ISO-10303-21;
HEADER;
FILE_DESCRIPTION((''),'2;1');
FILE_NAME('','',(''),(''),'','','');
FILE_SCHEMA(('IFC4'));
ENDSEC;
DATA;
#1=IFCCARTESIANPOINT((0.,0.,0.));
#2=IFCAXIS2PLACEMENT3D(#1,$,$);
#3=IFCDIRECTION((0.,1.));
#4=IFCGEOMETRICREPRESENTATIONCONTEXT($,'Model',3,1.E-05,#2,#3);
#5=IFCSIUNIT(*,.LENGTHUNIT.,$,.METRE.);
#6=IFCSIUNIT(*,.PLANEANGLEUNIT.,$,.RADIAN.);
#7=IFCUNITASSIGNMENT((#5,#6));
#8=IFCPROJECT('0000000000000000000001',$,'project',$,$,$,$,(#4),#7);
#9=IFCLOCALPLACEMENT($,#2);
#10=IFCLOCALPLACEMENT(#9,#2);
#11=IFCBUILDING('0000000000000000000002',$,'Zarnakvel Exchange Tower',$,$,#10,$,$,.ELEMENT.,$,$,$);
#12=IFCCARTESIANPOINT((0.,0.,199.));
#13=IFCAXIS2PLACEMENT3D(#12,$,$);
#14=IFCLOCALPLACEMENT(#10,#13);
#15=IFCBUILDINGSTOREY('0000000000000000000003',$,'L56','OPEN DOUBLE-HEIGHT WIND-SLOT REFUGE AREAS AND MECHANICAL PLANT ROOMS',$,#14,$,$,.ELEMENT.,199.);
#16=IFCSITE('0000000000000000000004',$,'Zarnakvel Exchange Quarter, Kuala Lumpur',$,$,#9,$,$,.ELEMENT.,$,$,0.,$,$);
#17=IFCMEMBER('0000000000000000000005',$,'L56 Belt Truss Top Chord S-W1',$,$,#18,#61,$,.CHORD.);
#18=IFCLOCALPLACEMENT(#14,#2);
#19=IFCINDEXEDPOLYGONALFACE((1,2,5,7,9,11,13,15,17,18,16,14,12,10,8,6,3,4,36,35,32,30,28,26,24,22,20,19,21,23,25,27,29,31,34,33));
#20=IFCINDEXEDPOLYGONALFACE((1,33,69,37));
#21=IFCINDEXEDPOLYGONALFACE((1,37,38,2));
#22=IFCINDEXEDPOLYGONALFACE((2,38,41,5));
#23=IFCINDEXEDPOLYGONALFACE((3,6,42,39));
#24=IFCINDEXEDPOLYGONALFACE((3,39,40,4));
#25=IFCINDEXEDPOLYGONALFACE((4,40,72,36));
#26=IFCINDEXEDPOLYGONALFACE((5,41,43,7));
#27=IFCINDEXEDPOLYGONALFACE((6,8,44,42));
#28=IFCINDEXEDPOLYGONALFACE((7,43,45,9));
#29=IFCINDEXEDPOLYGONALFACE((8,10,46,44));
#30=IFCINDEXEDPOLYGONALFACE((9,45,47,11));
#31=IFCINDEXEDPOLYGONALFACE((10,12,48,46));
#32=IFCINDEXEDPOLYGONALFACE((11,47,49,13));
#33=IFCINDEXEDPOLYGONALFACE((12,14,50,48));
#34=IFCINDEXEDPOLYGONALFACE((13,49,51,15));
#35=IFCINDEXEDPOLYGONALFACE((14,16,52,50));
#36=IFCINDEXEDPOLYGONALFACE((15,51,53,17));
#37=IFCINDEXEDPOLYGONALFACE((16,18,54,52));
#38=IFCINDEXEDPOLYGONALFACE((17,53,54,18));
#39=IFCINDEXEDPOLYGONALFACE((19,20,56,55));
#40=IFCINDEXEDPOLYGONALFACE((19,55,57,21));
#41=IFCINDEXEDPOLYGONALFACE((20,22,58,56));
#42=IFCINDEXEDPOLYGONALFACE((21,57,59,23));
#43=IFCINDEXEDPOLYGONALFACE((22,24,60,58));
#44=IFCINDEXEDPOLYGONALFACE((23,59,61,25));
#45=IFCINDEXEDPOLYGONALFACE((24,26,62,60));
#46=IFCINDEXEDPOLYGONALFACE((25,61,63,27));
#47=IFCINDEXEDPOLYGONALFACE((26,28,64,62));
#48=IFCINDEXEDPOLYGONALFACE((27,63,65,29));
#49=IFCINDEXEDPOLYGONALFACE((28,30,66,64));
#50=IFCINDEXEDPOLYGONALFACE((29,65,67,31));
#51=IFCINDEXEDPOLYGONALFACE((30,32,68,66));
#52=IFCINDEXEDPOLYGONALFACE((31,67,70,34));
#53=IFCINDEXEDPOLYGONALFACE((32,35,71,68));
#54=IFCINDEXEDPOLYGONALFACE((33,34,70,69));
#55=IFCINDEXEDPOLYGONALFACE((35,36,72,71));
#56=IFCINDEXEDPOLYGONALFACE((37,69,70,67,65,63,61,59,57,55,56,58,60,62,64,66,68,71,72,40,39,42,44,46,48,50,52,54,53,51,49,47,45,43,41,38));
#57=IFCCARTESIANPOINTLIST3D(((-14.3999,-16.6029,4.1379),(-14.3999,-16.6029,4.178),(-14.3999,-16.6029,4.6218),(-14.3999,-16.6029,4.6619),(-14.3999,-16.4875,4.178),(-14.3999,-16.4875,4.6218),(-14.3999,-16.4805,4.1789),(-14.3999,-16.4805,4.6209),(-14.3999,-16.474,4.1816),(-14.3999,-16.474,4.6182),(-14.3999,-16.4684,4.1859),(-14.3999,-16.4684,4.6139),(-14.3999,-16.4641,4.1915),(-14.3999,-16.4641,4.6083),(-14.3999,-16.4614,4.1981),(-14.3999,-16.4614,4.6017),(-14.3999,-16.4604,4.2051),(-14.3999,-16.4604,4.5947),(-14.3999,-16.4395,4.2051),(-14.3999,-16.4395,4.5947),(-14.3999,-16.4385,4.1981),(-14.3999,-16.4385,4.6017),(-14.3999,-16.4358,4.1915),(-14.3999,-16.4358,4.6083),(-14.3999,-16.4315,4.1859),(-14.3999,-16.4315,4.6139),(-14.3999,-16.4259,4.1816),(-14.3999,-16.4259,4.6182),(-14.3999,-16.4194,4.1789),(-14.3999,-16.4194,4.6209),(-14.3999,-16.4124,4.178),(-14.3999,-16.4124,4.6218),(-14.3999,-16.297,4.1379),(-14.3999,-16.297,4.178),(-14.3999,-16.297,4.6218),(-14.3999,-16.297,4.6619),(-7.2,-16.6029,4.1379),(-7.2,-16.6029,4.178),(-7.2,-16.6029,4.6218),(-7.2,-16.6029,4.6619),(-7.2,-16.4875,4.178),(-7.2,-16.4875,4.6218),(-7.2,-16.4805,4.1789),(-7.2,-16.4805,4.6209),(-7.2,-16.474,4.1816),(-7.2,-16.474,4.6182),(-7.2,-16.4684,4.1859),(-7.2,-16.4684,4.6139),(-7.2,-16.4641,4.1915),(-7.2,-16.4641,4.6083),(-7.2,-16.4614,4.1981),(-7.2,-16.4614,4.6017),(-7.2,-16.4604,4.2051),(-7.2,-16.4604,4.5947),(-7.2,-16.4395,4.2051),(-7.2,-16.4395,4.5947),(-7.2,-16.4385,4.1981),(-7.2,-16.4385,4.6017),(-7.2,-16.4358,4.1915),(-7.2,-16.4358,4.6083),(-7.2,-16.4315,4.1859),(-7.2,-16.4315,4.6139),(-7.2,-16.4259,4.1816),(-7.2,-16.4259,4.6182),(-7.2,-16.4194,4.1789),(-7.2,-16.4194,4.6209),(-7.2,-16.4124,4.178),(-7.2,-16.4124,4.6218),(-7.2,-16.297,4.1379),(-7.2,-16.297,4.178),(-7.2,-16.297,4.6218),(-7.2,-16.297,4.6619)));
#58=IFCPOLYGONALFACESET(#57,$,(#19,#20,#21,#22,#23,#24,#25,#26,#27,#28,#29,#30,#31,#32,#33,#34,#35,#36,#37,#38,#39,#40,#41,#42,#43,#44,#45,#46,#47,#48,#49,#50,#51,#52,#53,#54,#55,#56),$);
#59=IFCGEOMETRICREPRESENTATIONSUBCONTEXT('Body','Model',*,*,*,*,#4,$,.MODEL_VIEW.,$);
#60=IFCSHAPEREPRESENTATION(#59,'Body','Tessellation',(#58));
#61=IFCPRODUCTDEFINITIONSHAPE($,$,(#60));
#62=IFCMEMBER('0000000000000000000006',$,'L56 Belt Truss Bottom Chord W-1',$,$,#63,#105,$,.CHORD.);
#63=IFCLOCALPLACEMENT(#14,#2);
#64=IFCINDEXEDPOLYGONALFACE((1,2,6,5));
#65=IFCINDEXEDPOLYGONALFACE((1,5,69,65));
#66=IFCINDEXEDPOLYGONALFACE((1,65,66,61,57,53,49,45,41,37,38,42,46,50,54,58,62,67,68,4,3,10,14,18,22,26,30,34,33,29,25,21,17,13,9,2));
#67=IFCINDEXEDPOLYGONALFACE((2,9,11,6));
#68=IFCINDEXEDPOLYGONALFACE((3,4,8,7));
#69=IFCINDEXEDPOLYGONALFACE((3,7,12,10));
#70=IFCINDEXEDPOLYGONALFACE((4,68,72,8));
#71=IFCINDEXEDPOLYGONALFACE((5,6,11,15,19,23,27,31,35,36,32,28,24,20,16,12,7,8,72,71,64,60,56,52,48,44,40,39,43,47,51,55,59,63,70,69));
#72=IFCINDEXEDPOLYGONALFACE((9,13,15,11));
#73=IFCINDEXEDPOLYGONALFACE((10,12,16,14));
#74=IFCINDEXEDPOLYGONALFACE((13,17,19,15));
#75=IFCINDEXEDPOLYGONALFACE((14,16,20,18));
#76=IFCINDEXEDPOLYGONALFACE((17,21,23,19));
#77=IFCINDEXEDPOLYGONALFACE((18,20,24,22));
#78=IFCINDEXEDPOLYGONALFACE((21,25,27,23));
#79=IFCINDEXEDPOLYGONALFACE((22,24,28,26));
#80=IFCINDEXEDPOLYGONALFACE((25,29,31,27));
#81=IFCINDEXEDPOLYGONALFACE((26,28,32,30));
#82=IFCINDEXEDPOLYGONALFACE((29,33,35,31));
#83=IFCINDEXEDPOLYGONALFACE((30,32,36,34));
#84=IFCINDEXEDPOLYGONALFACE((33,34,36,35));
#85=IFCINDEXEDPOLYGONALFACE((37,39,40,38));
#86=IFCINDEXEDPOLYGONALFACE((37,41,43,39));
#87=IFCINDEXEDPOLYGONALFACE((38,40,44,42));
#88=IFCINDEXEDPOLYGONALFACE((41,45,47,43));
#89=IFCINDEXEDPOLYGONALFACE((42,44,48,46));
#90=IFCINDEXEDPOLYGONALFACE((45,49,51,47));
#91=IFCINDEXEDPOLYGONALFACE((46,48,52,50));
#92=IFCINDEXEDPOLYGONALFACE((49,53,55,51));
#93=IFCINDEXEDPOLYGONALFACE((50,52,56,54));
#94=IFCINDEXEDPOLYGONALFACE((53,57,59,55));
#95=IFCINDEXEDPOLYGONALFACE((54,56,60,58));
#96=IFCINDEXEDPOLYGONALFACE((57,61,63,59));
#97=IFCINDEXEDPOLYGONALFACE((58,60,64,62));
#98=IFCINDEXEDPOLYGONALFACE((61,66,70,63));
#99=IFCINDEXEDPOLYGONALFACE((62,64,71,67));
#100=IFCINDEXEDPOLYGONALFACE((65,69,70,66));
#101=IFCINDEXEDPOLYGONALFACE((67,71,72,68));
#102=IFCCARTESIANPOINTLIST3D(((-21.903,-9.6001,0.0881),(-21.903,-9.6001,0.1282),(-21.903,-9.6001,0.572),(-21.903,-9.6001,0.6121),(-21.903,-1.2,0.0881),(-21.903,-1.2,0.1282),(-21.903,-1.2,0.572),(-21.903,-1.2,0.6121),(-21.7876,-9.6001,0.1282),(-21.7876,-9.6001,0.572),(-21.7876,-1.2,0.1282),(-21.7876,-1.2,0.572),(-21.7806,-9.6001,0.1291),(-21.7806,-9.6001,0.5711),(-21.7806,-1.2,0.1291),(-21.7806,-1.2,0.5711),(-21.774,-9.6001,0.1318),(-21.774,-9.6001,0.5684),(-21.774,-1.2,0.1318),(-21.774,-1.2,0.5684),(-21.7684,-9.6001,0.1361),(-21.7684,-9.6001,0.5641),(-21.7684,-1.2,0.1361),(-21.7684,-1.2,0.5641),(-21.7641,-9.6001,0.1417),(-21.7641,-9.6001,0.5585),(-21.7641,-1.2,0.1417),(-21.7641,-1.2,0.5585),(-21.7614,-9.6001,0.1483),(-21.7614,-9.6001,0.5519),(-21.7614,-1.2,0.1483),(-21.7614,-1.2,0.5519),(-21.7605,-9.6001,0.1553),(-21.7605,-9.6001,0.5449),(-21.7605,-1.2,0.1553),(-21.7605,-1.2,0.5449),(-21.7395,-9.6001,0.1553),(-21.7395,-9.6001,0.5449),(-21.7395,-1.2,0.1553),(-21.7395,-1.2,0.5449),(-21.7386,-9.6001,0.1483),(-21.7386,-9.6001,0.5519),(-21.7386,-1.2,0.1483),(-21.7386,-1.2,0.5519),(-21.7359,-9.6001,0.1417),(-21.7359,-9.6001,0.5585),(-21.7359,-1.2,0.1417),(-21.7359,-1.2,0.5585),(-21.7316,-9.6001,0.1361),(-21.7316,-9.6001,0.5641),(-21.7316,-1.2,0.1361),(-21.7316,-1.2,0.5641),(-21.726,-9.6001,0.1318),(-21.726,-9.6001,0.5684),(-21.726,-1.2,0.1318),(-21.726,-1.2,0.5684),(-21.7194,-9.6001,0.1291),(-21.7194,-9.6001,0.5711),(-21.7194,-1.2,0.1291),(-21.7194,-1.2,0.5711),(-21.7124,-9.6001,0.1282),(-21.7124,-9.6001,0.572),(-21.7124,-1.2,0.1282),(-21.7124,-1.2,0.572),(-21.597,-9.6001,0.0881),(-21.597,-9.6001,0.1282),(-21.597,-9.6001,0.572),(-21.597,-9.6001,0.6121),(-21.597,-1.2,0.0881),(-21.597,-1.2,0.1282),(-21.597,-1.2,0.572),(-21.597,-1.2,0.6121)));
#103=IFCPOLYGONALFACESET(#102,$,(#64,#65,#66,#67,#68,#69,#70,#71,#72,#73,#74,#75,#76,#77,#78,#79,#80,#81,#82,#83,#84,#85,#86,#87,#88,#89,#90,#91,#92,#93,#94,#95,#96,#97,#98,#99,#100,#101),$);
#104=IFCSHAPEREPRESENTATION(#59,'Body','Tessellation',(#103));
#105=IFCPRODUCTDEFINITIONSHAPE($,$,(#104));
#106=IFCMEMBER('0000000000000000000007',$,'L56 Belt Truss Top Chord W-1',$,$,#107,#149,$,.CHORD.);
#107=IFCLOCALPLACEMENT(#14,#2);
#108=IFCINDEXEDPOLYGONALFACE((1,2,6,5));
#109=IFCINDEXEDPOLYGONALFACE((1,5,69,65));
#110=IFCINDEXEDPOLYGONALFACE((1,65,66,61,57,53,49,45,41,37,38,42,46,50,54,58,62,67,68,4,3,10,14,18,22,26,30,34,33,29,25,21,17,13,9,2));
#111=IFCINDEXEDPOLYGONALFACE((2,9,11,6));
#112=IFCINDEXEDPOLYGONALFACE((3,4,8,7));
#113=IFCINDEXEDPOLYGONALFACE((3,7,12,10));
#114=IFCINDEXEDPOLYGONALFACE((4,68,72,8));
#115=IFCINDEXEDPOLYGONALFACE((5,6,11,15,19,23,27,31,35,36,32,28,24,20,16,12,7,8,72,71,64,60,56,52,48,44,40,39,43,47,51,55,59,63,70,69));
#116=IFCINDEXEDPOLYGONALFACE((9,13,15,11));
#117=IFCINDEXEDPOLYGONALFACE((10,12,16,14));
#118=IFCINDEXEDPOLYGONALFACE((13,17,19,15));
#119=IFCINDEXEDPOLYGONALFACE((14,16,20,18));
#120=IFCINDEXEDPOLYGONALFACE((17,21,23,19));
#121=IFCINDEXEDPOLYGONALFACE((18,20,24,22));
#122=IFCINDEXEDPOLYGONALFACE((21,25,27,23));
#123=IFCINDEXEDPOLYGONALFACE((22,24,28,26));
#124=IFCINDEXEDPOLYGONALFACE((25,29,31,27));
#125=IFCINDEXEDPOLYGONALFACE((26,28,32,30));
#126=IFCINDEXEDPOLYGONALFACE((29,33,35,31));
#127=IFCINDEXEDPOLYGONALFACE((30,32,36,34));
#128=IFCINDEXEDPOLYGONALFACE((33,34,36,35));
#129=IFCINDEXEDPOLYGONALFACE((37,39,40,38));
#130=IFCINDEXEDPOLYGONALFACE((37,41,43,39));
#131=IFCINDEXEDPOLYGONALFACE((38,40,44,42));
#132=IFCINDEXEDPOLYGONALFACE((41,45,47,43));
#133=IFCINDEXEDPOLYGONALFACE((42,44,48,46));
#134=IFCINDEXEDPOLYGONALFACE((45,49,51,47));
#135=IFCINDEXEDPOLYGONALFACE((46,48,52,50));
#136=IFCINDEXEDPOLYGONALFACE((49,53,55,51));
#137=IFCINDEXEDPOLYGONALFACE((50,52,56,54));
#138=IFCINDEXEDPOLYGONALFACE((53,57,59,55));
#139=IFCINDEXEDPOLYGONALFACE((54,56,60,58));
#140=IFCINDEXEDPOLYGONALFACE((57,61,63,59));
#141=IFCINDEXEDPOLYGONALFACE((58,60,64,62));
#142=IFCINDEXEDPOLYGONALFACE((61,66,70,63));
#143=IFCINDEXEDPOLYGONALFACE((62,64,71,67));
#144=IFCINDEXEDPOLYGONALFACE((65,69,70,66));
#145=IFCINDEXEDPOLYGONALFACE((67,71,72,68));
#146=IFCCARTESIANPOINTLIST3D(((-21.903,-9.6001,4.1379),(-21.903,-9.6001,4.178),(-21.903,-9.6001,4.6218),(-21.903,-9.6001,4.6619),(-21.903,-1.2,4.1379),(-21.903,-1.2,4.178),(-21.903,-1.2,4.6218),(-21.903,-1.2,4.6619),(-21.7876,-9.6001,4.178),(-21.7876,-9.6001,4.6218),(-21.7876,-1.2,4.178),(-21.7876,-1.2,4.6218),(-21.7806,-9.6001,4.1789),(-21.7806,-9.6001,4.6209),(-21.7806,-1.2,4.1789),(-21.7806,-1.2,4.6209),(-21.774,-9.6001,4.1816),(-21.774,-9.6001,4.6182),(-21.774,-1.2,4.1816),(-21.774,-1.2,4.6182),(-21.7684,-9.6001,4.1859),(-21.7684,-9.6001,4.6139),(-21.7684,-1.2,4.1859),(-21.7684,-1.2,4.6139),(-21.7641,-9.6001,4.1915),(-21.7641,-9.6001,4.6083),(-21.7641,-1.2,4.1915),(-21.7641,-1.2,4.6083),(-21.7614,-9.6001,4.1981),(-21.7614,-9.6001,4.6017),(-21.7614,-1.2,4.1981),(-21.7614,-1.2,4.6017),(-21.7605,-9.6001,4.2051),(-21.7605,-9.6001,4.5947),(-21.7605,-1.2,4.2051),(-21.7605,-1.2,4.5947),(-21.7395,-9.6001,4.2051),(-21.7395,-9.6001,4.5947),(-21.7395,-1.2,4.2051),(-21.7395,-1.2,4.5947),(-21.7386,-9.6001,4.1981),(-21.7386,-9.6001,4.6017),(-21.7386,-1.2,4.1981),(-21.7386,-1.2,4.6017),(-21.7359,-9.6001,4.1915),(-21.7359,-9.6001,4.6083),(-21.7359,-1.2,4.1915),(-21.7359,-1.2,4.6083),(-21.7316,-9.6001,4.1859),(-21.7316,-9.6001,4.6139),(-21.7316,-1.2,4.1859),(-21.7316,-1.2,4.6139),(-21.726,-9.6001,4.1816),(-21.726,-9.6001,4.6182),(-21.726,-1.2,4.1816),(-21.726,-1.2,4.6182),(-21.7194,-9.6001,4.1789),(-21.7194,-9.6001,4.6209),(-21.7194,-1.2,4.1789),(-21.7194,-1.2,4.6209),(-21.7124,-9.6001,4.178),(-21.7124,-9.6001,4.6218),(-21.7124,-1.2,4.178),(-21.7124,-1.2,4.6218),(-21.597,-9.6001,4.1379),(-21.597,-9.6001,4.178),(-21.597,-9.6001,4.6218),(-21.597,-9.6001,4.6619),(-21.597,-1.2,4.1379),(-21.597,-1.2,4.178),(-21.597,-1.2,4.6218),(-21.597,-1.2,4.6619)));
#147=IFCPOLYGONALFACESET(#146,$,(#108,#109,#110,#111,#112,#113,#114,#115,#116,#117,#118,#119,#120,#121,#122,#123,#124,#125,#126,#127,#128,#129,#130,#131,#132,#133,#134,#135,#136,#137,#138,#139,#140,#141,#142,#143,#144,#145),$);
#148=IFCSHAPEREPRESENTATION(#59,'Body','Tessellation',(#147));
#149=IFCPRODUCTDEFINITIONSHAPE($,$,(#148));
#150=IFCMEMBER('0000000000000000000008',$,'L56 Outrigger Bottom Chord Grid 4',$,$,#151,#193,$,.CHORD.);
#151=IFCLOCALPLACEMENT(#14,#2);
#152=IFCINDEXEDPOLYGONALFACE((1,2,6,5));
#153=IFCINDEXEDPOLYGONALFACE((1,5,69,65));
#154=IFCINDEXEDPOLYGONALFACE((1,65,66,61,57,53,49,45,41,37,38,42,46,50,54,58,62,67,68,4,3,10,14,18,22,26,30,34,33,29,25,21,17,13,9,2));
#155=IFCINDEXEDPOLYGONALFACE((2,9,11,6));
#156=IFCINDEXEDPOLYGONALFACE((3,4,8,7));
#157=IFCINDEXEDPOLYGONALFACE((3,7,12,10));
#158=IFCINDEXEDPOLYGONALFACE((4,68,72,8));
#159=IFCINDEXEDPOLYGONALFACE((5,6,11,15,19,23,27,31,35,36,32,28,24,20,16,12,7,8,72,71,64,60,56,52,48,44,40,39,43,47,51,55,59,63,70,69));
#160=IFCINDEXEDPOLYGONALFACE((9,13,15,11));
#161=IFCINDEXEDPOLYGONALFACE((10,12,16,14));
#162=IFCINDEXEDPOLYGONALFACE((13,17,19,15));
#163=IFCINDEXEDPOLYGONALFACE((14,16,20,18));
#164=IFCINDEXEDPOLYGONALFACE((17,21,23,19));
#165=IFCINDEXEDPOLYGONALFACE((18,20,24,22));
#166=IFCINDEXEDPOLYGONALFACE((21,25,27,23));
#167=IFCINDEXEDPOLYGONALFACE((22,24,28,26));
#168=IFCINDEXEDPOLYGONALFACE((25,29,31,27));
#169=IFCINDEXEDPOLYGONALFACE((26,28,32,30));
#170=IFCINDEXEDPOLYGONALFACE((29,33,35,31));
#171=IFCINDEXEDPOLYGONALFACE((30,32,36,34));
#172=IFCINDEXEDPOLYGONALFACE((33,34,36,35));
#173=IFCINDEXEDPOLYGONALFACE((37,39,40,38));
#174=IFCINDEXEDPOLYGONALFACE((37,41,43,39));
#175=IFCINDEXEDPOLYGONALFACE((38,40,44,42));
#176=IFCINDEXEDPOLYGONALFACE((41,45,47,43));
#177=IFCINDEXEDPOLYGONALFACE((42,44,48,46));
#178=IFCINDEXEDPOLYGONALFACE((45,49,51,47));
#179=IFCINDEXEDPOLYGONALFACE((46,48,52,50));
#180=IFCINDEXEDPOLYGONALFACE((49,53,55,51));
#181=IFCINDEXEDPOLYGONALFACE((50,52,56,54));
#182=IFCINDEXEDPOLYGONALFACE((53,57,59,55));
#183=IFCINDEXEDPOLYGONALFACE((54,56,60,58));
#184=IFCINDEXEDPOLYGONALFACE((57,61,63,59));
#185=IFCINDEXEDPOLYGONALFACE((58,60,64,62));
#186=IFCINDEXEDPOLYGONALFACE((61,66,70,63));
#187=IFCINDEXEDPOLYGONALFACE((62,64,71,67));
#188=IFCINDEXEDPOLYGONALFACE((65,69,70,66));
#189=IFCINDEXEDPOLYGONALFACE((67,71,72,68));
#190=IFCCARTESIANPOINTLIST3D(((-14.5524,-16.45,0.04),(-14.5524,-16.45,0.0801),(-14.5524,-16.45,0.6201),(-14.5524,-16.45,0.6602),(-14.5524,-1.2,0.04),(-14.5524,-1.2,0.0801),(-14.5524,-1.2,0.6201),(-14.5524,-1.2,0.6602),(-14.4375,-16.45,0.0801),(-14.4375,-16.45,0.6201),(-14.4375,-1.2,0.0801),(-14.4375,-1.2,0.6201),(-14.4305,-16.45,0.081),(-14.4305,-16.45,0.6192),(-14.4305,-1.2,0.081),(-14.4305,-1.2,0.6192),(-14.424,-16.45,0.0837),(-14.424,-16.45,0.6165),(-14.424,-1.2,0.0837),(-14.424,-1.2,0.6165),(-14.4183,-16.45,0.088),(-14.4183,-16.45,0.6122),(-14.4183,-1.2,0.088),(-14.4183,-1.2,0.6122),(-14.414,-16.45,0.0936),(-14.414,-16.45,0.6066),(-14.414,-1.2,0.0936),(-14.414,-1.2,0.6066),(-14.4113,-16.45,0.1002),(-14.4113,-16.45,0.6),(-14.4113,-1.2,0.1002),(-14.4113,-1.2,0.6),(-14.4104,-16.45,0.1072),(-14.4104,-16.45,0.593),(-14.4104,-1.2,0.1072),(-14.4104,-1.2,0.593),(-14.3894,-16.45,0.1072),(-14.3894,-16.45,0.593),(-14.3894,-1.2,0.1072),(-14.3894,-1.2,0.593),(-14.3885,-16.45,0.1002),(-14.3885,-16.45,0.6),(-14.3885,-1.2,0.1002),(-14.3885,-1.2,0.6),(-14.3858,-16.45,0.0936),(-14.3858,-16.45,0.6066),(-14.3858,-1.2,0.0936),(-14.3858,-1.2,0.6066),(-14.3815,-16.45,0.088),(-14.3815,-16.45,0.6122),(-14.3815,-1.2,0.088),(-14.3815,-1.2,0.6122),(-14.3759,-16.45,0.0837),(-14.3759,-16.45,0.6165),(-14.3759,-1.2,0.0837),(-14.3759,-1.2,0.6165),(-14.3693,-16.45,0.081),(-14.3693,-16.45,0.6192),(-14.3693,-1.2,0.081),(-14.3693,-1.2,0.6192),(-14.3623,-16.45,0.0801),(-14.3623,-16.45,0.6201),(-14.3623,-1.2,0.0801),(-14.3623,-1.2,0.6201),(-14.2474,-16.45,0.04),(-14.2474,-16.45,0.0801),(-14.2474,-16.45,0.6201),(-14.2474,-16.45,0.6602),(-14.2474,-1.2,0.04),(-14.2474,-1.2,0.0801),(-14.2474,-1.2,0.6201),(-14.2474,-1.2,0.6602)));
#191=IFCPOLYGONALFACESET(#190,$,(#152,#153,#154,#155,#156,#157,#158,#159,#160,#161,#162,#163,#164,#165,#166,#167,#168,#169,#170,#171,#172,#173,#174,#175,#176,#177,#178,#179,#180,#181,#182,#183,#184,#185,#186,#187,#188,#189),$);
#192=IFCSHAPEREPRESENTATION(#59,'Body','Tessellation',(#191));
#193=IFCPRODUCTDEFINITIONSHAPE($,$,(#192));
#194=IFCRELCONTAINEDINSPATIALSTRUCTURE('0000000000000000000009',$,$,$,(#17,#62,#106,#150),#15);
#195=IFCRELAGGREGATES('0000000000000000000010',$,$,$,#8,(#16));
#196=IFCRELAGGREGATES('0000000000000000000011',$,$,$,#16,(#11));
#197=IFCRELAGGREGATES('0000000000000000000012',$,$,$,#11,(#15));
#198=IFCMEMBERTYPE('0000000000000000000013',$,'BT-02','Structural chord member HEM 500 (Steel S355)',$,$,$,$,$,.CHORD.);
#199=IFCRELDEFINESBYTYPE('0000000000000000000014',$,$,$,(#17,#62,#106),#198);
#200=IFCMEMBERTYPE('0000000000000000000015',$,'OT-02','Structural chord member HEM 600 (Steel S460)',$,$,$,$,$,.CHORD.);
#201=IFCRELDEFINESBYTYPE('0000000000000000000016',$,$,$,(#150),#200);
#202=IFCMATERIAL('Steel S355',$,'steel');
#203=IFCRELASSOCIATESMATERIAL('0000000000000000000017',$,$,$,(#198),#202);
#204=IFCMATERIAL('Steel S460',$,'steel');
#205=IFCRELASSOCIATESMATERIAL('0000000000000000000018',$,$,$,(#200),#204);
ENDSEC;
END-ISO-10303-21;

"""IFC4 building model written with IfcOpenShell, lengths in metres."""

from ifc_helpers import new_model, si_unit, direction, frame, origin, origin_2d, place, context, subcontext, project, spatial, i_section, extrude, source, transform, mapped, material, material_profile, profile_set, type_object, element, save


model = new_model("IFC4")

# Units and contexts
model_context = context("Model", 3, precision=1e-05, world=origin(), true_north=direction((0.0, 1.0)))
body_context = subcontext(model_context, "Body", "Model", "MODEL_VIEW")
ifc_project = project(units=[si_unit("LENGTHUNIT", "METRE"), si_unit("PLANEANGLEUNIT", "RADIAN")], contexts=[model_context])

# Site, building, storey
site_placement = place(None, origin())
site = spatial("IfcSite", under=ifc_project, at=site_placement, Name="Zarnakvel Exchange Quarter, Kuala Lumpur", CompositionType="ELEMENT", RefElevation=0.0)
building_placement = place(site_placement, origin())
building = spatial("IfcBuilding", under=site, at=building_placement, Name="Zarnakvel Exchange Tower", CompositionType="ELEMENT")
storey_placement = place(building_placement, frame((0.0, 0.0, 199.0)))
storey = spatial("IfcBuildingStorey", under=building, at=storey_placement, Name="L56", Description="OPEN DOUBLE-HEIGHT WIND-SLOT REFUGE AREAS AND MECHANICAL PLANT ROOMS", CompositionType="ELEMENT", Elevation=199.0)

# Shared definitions
ifc_material_1 = material(Name="Steel S355", Category="steel")

# Shared definitions
ifc_material_2 = material(Name="Steel S460", Category="steel")

# Members
ifc_material_profile_1 = material_profile(ifc_material_1, i_section(OverallWidth=0.3059, OverallDepth=0.5239, WebThickness=0.021, FlangeThickness=0.04, FilletRadius=0.0271, at=origin_2d()))
ifc_profile_set_1 = profile_set([ifc_material_profile_1], Name="Steel S355")
member_type_1 = type_object("IfcMemberType", Name="BT-02", Description="Structural chord member HEM 500 (Steel S355)", PredefinedType="CHORD", material=ifc_profile_set_1)
shared_shape_1 = source(origin(), body_context, "Body", "SweptSolid", [
    extrude(i_section(OverallWidth=0.3059, OverallDepth=0.5239, WebThickness=0.021, FlangeThickness=0.04, FilletRadius=0.0271, at=origin_2d()), origin(), (0.0, 0.0, 1.0), 7.2),
])
for number, where, z_axis, x_axis, name in (
    (1, (-14.3999, -16.45, 4.3999), (1.0, 0.0, 0.0), (0.0, 1.0, 0.0), "L56 Belt Truss Top Chord S-W1"),
):
    element("IfcMember", number, at=place(storey_placement, frame(where, z_axis=z_axis, x_axis=x_axis)), inside=storey, type_object=member_type_1, Name=name, PredefinedType="CHORD", context=body_context, shape_type="MappedRepresentation", body=[
        mapped(shared_shape_1, transform((0.0, 0.0, 0.0), x_axis=(1.0, 0.0, 0.0), y_axis=(0.0, 1.0, 0.0), z_axis=(0.0, 0.0, 1.0), scale=1.0)),
    ])
shared_shape_2 = source(origin(), body_context, "Body", "SweptSolid", [
    extrude(i_section(OverallWidth=0.3059, OverallDepth=0.5239, WebThickness=0.021, FlangeThickness=0.04, FilletRadius=0.0271, at=origin_2d()), origin(), (0.0, 0.0, 1.0), 8.4001),
])
for number, where, z_axis, x_axis, name in (
    (2, (-21.75, -9.6001, 0.3501), (0.0, 1.0, 0.0), (-1.0, 0.0, 0.0), "L56 Belt Truss Bottom Chord W-1"),
    (3, (-21.75, -9.6001, 4.3999), (0.0, 1.0, 0.0), (-1.0, 0.0, 0.0), "L56 Belt Truss Top Chord W-1"),
):
    element("IfcMember", number, at=place(storey_placement, frame(where, z_axis=z_axis, x_axis=x_axis)), inside=storey, type_object=member_type_1, Name=name, PredefinedType="CHORD", context=body_context, shape_type="MappedRepresentation", body=[
        mapped(shared_shape_2, transform((0.0, 0.0, 0.0), x_axis=(1.0, 0.0, 0.0), y_axis=(0.0, 1.0, 0.0), z_axis=(0.0, 0.0, 1.0), scale=1.0)),
    ])
ifc_material_profile_2 = material_profile(ifc_material_2, i_section(OverallWidth=0.3049, OverallDepth=0.6201, WebThickness=0.021, FlangeThickness=0.04, FilletRadius=0.0271, at=origin_2d()))
ifc_profile_set_2 = profile_set([ifc_material_profile_2], Name="Steel S460")
member_type_2 = type_object("IfcMemberType", Name="OT-02", Description="Structural chord member HEM 600 (Steel S460)", PredefinedType="CHORD", material=ifc_profile_set_2)
shared_shape_3 = source(origin(), body_context, "Body", "SweptSolid", [
    extrude(i_section(OverallWidth=0.3049, OverallDepth=0.6201, WebThickness=0.021, FlangeThickness=0.04, FilletRadius=0.0271, at=origin_2d()), origin(), (0.0, 0.0, 1.0), 15.25),
])
for number, where, z_axis, x_axis, name in (
    (4, (-14.3999, -16.45, 0.3501), (0.0, 1.0, 0.0), (-1.0, 0.0, 0.0), "L56 Outrigger Bottom Chord Grid 4"),
):
    element("IfcMember", number, at=place(storey_placement, frame(where, z_axis=z_axis, x_axis=x_axis)), inside=storey, type_object=member_type_2, Name=name, PredefinedType="CHORD", context=body_context, shape_type="MappedRepresentation", body=[
        mapped(shared_shape_3, transform((0.0, 0.0, 0.0), x_axis=(1.0, 0.0, 0.0), y_axis=(0.0, 1.0, 0.0), z_axis=(0.0, 0.0, 1.0), scale=1.0)),
    ])

save(model, "model.ifc")
